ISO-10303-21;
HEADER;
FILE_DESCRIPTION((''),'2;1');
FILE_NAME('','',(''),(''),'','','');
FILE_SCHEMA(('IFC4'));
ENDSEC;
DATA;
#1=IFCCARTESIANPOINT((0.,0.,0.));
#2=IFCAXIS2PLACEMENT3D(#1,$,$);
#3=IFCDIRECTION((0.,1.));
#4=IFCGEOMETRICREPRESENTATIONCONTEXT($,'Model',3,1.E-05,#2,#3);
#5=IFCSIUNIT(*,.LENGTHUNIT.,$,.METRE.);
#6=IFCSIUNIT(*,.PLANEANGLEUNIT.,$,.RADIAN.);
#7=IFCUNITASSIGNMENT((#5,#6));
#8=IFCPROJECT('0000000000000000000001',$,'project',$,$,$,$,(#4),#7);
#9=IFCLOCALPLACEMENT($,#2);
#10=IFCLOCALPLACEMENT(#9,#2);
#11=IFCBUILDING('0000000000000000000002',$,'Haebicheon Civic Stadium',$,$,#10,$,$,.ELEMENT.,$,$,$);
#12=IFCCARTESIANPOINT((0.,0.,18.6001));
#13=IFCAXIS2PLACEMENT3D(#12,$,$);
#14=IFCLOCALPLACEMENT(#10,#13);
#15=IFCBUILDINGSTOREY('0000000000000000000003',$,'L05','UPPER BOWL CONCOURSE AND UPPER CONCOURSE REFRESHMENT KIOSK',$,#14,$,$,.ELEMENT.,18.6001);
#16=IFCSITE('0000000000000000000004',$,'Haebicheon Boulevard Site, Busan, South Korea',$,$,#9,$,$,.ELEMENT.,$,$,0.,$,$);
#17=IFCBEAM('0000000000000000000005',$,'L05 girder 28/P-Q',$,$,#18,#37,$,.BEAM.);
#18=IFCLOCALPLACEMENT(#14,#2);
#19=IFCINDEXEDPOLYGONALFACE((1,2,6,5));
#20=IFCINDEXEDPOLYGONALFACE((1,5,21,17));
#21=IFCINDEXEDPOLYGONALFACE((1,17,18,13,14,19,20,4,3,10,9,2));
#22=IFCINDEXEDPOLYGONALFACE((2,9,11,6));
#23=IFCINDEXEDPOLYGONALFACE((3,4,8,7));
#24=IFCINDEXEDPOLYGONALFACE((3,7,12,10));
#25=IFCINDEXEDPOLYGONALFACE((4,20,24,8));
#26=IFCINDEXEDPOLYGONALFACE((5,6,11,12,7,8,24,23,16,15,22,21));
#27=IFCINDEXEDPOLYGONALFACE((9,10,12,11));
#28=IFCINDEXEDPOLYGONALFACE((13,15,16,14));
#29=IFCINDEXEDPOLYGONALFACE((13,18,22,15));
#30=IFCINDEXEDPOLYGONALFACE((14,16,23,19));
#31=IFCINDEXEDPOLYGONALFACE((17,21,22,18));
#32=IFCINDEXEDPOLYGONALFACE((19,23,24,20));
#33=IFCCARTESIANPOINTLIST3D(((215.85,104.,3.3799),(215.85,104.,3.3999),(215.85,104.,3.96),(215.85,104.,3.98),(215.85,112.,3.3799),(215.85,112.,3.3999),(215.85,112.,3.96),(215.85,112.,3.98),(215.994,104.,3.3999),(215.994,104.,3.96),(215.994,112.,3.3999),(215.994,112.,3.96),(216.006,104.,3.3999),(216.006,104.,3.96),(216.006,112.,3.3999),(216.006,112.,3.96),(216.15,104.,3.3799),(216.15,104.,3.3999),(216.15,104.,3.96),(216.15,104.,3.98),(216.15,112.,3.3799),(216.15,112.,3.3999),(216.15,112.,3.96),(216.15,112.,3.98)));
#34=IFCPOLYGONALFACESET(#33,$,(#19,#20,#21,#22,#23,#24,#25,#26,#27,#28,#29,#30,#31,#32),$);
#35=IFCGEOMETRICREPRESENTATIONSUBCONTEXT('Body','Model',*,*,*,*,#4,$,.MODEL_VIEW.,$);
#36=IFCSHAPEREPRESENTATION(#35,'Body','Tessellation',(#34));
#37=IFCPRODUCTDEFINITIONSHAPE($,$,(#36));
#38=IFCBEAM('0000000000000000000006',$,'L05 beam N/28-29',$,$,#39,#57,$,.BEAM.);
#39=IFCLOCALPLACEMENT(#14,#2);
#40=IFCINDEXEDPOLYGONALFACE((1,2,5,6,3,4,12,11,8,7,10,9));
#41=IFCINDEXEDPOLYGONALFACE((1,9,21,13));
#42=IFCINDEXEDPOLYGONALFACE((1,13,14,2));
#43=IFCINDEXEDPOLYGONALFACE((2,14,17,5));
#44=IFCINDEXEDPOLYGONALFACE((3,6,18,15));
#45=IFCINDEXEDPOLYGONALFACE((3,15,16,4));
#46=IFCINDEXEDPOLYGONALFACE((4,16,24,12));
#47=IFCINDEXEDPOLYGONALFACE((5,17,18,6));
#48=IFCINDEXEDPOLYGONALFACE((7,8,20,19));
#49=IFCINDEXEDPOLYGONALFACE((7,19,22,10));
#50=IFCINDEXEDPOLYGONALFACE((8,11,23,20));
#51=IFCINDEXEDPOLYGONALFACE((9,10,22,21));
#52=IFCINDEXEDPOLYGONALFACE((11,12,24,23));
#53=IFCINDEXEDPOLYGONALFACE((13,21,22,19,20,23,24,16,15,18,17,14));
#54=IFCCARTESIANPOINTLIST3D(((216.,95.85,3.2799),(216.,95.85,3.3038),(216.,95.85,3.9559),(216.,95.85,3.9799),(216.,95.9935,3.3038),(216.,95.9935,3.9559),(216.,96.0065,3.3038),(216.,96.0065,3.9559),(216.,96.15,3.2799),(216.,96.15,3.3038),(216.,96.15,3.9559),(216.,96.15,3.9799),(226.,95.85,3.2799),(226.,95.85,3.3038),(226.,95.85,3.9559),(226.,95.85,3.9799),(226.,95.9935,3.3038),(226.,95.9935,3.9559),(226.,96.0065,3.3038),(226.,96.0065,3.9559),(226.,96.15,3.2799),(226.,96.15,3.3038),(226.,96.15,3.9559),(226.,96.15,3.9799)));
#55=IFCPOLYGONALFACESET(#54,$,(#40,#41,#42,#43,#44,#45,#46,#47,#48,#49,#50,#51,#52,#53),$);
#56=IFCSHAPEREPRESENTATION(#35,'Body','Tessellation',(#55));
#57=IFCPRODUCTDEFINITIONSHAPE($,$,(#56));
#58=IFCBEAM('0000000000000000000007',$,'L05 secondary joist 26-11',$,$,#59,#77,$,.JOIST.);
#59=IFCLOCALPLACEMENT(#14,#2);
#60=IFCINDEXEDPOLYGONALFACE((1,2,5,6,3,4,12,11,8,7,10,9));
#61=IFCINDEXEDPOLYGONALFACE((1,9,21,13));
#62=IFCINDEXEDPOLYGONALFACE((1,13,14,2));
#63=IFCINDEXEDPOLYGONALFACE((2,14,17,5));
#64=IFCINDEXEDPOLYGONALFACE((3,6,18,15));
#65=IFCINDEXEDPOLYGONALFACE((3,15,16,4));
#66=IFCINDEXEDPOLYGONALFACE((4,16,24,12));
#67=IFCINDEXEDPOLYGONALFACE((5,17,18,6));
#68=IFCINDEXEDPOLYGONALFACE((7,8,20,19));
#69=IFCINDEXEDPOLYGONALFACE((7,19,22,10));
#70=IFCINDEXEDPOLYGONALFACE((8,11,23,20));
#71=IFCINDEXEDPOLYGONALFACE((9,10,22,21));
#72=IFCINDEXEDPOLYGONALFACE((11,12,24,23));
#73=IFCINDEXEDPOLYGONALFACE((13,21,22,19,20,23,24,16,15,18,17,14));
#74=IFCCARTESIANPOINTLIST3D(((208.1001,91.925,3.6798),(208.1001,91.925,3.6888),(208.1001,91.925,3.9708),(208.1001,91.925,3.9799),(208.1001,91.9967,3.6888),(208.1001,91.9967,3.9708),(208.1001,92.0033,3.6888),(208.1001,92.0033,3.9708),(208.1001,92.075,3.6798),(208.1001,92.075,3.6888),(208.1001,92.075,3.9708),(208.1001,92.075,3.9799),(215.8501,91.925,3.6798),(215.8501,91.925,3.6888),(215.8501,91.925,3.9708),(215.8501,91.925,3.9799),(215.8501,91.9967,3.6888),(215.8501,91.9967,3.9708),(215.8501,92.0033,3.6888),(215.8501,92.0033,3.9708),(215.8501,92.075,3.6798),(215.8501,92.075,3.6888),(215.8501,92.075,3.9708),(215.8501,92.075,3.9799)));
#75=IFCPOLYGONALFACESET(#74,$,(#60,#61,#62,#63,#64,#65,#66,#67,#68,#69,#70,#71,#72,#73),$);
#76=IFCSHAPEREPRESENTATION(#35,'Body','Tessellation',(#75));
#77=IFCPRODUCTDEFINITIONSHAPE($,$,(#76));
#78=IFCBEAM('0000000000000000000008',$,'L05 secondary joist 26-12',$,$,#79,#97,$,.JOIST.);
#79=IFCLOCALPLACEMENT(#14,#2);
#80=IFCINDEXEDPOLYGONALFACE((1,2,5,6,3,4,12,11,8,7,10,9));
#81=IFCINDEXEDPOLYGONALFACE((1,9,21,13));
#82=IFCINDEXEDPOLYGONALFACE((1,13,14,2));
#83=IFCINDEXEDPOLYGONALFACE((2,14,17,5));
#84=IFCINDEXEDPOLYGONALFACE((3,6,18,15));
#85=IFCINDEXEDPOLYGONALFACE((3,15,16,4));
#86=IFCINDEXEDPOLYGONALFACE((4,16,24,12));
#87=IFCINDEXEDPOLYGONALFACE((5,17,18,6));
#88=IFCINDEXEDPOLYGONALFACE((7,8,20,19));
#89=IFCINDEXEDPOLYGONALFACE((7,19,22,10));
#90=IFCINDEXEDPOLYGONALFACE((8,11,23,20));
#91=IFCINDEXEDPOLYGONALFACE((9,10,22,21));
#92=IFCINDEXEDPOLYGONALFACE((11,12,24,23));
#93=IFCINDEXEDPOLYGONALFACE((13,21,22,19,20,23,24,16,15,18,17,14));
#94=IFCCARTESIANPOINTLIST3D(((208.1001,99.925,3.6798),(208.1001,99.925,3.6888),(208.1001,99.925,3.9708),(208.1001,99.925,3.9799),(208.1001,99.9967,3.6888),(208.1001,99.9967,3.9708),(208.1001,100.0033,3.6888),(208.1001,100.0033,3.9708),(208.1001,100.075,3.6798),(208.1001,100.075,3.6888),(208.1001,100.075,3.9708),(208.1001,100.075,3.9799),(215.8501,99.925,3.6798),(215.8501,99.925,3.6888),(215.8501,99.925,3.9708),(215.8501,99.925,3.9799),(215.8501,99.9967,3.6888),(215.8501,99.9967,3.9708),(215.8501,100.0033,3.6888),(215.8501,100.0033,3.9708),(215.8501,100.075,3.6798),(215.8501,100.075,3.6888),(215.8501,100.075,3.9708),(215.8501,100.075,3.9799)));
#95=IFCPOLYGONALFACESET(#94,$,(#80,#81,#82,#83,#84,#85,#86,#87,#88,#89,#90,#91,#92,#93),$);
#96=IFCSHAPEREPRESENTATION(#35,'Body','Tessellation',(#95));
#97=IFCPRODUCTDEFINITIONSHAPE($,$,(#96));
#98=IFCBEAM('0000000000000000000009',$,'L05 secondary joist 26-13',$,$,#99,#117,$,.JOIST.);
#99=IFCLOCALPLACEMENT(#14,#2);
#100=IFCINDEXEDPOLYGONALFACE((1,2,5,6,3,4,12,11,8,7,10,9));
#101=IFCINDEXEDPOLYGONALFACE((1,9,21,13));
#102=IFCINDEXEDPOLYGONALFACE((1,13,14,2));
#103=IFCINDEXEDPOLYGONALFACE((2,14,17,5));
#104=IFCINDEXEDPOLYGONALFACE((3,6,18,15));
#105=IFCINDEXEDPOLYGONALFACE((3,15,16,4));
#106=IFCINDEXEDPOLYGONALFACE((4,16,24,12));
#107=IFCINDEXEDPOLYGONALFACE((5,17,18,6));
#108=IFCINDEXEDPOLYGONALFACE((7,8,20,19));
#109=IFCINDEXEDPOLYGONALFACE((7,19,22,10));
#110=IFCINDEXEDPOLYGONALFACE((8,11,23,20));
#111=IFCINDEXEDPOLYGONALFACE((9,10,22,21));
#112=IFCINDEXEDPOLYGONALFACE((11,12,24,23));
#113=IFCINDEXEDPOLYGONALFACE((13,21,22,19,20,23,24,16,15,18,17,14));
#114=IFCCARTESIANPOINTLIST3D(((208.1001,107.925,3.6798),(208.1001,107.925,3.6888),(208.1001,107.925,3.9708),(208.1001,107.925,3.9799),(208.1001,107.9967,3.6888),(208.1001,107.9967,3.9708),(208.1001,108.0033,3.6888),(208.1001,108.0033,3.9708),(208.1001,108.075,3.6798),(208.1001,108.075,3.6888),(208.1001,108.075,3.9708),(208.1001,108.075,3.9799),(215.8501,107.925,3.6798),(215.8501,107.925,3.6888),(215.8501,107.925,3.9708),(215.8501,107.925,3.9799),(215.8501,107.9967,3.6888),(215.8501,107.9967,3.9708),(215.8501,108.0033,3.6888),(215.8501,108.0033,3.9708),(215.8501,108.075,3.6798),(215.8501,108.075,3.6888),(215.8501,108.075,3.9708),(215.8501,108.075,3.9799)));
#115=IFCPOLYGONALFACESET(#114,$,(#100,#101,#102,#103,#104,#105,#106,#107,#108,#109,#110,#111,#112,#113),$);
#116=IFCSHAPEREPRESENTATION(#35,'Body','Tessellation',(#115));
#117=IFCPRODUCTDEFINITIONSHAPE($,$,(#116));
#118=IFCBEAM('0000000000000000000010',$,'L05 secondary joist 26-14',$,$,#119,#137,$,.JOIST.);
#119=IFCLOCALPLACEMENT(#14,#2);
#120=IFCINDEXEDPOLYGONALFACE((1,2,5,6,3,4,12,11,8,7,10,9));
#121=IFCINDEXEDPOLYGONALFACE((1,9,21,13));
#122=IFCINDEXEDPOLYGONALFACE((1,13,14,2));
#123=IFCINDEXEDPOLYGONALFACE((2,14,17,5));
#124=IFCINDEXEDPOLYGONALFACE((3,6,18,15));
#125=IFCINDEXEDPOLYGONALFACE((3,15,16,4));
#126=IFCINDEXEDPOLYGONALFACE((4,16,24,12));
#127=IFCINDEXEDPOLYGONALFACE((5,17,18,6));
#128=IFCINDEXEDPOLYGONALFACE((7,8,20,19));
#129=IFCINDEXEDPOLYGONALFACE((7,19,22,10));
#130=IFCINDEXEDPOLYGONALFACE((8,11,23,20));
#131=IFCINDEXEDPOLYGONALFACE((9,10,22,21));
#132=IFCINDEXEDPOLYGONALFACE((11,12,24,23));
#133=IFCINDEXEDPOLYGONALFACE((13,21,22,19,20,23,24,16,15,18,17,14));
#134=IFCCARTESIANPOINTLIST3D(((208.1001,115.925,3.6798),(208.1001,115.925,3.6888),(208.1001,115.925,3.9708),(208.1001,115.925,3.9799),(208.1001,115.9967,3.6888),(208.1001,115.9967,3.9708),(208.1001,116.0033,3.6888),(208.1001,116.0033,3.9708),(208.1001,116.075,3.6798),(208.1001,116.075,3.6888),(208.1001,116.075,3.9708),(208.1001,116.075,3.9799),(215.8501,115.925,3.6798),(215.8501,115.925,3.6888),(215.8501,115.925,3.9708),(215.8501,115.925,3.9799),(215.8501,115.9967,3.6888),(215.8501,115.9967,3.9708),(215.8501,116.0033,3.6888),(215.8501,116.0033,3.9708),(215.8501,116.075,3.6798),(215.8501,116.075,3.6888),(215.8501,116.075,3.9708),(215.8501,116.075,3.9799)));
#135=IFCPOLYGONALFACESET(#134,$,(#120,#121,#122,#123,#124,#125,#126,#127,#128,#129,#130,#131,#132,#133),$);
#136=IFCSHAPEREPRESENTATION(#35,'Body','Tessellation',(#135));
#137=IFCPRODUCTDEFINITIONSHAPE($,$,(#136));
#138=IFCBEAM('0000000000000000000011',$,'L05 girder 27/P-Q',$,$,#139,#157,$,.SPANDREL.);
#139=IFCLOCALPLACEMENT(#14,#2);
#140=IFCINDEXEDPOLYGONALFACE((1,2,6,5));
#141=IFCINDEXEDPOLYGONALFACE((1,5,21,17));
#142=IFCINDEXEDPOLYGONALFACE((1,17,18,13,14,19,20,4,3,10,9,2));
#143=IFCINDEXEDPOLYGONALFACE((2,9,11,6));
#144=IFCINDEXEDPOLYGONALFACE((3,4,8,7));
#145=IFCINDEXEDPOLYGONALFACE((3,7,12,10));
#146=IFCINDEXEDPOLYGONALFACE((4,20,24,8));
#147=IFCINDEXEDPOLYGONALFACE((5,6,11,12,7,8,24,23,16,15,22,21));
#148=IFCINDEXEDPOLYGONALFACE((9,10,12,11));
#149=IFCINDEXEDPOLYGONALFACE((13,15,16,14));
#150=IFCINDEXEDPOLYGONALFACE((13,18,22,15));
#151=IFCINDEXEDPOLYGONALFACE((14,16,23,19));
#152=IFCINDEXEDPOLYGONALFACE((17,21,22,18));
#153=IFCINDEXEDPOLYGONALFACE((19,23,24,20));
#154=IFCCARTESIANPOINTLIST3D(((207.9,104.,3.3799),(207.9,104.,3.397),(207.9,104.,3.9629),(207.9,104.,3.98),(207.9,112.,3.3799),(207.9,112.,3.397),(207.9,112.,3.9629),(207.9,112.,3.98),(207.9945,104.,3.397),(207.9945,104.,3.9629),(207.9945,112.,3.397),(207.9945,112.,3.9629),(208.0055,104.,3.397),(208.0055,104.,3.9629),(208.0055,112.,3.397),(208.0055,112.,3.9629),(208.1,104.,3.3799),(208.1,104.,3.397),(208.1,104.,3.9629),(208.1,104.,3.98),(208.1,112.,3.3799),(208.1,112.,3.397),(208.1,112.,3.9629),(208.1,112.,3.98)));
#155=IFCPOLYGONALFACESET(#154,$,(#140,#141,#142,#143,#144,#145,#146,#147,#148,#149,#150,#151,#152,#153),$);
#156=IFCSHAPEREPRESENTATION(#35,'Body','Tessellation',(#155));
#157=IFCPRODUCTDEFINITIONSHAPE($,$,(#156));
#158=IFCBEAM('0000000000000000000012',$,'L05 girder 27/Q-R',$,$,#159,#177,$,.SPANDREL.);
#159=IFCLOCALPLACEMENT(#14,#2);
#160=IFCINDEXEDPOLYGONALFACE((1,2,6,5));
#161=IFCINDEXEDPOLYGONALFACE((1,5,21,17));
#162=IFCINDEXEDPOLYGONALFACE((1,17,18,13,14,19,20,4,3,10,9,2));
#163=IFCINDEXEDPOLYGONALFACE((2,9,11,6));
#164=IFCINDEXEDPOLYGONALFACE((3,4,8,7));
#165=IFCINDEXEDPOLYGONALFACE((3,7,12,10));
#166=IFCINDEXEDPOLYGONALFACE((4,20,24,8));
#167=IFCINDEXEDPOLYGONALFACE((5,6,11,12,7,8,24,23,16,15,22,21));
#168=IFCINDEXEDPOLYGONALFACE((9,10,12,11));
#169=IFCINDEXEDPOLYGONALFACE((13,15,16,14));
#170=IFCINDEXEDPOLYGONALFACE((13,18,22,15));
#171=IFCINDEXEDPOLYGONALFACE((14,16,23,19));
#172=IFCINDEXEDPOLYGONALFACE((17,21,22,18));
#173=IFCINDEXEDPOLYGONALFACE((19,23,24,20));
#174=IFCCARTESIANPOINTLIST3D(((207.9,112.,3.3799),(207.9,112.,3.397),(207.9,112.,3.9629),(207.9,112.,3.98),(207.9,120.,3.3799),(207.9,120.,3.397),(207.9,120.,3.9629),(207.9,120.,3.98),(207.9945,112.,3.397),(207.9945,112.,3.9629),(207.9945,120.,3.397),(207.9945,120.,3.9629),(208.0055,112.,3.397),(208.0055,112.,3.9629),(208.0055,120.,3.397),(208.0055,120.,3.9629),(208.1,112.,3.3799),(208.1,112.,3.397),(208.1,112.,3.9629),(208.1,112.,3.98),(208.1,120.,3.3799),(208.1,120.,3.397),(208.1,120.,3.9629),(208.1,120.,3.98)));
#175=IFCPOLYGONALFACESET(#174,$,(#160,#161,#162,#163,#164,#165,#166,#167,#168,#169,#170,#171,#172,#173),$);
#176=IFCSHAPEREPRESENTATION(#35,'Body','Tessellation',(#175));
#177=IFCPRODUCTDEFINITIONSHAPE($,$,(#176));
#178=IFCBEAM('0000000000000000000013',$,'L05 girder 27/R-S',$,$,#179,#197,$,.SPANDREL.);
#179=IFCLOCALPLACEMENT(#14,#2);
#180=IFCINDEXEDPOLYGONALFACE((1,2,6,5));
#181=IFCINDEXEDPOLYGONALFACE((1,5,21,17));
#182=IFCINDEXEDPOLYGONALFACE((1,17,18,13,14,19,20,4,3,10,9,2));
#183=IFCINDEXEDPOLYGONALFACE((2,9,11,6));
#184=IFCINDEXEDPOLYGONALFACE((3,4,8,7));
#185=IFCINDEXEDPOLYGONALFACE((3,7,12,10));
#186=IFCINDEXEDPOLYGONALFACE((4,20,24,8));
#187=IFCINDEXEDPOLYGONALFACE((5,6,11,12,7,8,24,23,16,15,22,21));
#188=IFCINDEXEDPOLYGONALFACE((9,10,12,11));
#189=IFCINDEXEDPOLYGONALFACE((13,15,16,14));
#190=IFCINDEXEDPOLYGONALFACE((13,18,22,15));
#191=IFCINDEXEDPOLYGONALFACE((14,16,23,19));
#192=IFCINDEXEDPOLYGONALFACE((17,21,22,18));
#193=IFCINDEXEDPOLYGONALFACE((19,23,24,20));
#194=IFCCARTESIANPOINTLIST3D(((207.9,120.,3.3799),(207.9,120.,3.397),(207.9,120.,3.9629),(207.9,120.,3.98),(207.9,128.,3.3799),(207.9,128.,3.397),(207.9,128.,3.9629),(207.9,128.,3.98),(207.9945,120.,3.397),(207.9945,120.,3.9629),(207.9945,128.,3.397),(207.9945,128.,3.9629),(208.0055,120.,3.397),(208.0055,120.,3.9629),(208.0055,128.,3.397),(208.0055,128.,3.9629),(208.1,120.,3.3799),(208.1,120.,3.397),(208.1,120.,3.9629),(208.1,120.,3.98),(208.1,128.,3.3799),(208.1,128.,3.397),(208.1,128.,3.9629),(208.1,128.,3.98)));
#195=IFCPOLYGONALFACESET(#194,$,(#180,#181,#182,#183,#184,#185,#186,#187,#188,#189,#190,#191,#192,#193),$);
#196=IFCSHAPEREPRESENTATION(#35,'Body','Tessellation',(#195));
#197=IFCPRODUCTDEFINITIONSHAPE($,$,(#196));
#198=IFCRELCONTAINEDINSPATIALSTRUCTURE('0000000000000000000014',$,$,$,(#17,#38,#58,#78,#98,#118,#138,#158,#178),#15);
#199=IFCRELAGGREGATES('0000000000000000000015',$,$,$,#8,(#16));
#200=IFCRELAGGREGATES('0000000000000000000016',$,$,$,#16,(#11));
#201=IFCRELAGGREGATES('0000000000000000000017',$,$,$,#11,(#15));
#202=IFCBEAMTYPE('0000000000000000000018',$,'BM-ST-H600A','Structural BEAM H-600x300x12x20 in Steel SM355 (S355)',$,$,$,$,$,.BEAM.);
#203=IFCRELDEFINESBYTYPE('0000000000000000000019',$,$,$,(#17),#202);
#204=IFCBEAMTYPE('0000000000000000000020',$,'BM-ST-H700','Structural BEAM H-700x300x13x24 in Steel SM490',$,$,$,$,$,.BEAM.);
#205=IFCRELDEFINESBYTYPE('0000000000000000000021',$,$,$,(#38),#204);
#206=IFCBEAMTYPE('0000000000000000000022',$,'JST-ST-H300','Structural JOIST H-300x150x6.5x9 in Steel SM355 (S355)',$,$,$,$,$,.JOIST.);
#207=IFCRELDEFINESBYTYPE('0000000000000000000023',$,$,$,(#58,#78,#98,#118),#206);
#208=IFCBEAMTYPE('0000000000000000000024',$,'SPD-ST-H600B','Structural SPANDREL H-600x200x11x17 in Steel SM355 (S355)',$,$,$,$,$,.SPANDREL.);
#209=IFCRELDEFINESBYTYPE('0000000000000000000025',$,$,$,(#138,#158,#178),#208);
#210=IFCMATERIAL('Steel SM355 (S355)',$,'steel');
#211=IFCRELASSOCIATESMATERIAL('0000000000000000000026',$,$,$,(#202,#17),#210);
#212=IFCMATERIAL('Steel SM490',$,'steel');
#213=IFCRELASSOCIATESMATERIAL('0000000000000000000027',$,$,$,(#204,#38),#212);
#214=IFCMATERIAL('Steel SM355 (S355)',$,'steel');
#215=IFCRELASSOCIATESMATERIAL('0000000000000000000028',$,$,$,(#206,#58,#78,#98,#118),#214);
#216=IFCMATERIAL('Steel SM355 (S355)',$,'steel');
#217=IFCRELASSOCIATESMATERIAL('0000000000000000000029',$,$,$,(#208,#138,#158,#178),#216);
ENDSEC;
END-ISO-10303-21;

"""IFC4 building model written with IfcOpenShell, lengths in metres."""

from ifc_helpers import new_model, si_unit, direction, frame, origin, origin_2d, place, context, subcontext, project, spatial, i_section, extrude, material, material_profile, profile_set, type_object, element, save


model = new_model("IFC4")

# Units and contexts
model_context = context("Model", 3, precision=1e-05, world=origin(), true_north=direction((0.0, 1.0)))
body_context = subcontext(model_context, "Body", "Model", "MODEL_VIEW")
ifc_project = project(units=[si_unit("LENGTHUNIT", "METRE"), si_unit("PLANEANGLEUNIT", "RADIAN")], contexts=[model_context])

# Site, building, storey
site_placement = place(None, origin())
site = spatial("IfcSite", under=ifc_project, at=site_placement, Name="Haebicheon Boulevard Site, Busan, South Korea", CompositionType="ELEMENT", RefElevation=0.0)
building_placement = place(site_placement, origin())
building = spatial("IfcBuilding", under=site, at=building_placement, Name="Haebicheon Civic Stadium", CompositionType="ELEMENT")
storey_placement = place(building_placement, frame((0.0, 0.0, 18.6001)))
storey = spatial("IfcBuildingStorey", under=building, at=storey_placement, Name="L05", Description="UPPER BOWL CONCOURSE AND UPPER CONCOURSE REFRESHMENT KIOSK", CompositionType="ELEMENT", Elevation=18.6001)

# Beams
ifc_material_1 = material(Name="Steel SM355 (S355)", Category="steel")
ifc_material_profile_1 = material_profile(ifc_material_1, i_section(OverallWidth=0.3, OverallDepth=0.6001, WebThickness=0.012, FlangeThickness=0.02, at=origin_2d()), Name="H-600x300x12x20")
ifc_profile_set_1 = profile_set([ifc_material_profile_1], Name="Steel SM355 (S355)")
beam_type_1 = type_object("IfcBeamType", Name="BM-ST-H600A", Description="Structural BEAM H-600x300x12x20 in Steel SM355 (S355)", PredefinedType="BEAM", material=ifc_profile_set_1)
for number, where, z_axis, x_axis, name in (
    (1, (216.0, 104.0, 3.6799), (0.0, 1.0, 0.0), (-1.0, 0.0, 0.0), "L05 girder 28/P-Q"),
):
    element("IfcBeam", number, at=place(storey_placement, frame(where, z_axis=z_axis, x_axis=x_axis)), inside=storey, type_object=beam_type_1, material=ifc_profile_set_1, Name=name, PredefinedType="BEAM", context=body_context, shape_type="SweptSolid", body=[
        extrude(i_section(OverallWidth=0.3, OverallDepth=0.6001, WebThickness=0.012, FlangeThickness=0.02, at=origin_2d()), origin(), (0.0, 0.0, 1.0), 8.0),
    ])
ifc_material_2 = material(Name="Steel SM490", Category="steel")
ifc_material_profile_2 = material_profile(ifc_material_2, i_section(OverallWidth=0.3, OverallDepth=0.7, WebThickness=0.0129, FlangeThickness=0.0239, at=origin_2d()), Name="H-700x300x13x24")
ifc_profile_set_2 = profile_set([ifc_material_profile_2], Name="Steel SM490")
beam_type_2 = type_object("IfcBeamType", Name="BM-ST-H700", Description="Structural BEAM H-700x300x13x24 in Steel SM490", PredefinedType="BEAM", material=ifc_profile_set_2)
beam_1_placement = place(storey_placement, frame((216.0, 96.0, 3.6299), z_axis=(1.0, 0.0, 0.0), x_axis=(0.0, 1.0, 0.0)))
element("IfcBeam", 2, at=beam_1_placement, inside=storey, type_object=beam_type_2, material=ifc_profile_set_2, Name="L05 beam N/28-29", PredefinedType="BEAM", context=body_context, shape_type="SweptSolid", body=[
    extrude(i_section(OverallWidth=0.3, OverallDepth=0.7, WebThickness=0.0129, FlangeThickness=0.0239, at=origin_2d()), origin(), (0.0, 0.0, 1.0), 10.0),
])
ifc_material_3 = material(Name="Steel SM355 (S355)", Category="steel")
ifc_material_profile_3 = material_profile(ifc_material_3, i_section(OverallWidth=0.1499, OverallDepth=0.3, WebThickness=0.0066, FlangeThickness=0.009, at=origin_2d()), Name="H-300x150x6.5x9")
ifc_profile_set_3 = profile_set([ifc_material_profile_3], Name="Steel SM355 (S355)")
beam_type_3 = type_object("IfcBeamType", Name="JST-ST-H300", Description="Structural JOIST H-300x150x6.5x9 in Steel SM355 (S355)", PredefinedType="JOIST", material=ifc_profile_set_3)
for number, where, z_axis, x_axis, name in (
    (3, (208.1001, 92.0, 3.8298), (1.0, 0.0, 0.0), (0.0, 1.0, 0.0), "L05 secondary joist 26-11"),
    (4, (208.1001, 100.0, 3.8298), (1.0, 0.0, 0.0), (0.0, 1.0, 0.0), "L05 secondary joist 26-12"),
    (5, (208.1001, 108.0, 3.8298), (1.0, 0.0, 0.0), (0.0, 1.0, 0.0), "L05 secondary joist 26-13"),
    (6, (208.1001, 116.0, 3.8298), (1.0, 0.0, 0.0), (0.0, 1.0, 0.0), "L05 secondary joist 26-14"),
):
    element("IfcBeam", number, at=place(storey_placement, frame(where, z_axis=z_axis, x_axis=x_axis)), inside=storey, type_object=beam_type_3, material=ifc_profile_set_3, Name=name, PredefinedType="JOIST", context=body_context, shape_type="SweptSolid", body=[
        extrude(i_section(OverallWidth=0.1499, OverallDepth=0.3, WebThickness=0.0066, FlangeThickness=0.009, at=origin_2d()), origin(), (0.0, 0.0, 1.0), 7.75),
    ])
ifc_material_4 = material(Name="Steel SM355 (S355)", Category="steel")
ifc_material_profile_4 = material_profile(ifc_material_4, i_section(OverallWidth=0.2, OverallDepth=0.6001, WebThickness=0.011, FlangeThickness=0.0171, at=origin_2d()), Name="H-600x200x11x17")
ifc_profile_set_4 = profile_set([ifc_material_profile_4], Name="Steel SM355 (S355)")
beam_type_4 = type_object("IfcBeamType", Name="SPD-ST-H600B", Description="Structural SPANDREL H-600x200x11x17 in Steel SM355 (S355)", PredefinedType="SPANDREL", material=ifc_profile_set_4)
for number, where, z_axis, x_axis, name in (
    (7, (208.0, 104.0, 3.6799), (0.0, 1.0, 0.0), (-1.0, 0.0, 0.0), "L05 girder 27/P-Q"),
    (8, (208.0, 112.0, 3.6799), (0.0, 1.0, 0.0), (-1.0, 0.0, 0.0), "L05 girder 27/Q-R"),
    (9, (208.0, 120.0, 3.6799), (0.0, 1.0, 0.0), (-1.0, 0.0, 0.0), "L05 girder 27/R-S"),
):
    element("IfcBeam", number, at=place(storey_placement, frame(where, z_axis=z_axis, x_axis=x_axis)), inside=storey, type_object=beam_type_4, material=ifc_profile_set_4, Name=name, PredefinedType="SPANDREL", context=body_context, shape_type="SweptSolid", body=[
        extrude(i_section(OverallWidth=0.2, OverallDepth=0.6001, WebThickness=0.011, FlangeThickness=0.0171, at=origin_2d()), origin(), (0.0, 0.0, 1.0), 8.0),
    ])

save(model, "model.ifc")
